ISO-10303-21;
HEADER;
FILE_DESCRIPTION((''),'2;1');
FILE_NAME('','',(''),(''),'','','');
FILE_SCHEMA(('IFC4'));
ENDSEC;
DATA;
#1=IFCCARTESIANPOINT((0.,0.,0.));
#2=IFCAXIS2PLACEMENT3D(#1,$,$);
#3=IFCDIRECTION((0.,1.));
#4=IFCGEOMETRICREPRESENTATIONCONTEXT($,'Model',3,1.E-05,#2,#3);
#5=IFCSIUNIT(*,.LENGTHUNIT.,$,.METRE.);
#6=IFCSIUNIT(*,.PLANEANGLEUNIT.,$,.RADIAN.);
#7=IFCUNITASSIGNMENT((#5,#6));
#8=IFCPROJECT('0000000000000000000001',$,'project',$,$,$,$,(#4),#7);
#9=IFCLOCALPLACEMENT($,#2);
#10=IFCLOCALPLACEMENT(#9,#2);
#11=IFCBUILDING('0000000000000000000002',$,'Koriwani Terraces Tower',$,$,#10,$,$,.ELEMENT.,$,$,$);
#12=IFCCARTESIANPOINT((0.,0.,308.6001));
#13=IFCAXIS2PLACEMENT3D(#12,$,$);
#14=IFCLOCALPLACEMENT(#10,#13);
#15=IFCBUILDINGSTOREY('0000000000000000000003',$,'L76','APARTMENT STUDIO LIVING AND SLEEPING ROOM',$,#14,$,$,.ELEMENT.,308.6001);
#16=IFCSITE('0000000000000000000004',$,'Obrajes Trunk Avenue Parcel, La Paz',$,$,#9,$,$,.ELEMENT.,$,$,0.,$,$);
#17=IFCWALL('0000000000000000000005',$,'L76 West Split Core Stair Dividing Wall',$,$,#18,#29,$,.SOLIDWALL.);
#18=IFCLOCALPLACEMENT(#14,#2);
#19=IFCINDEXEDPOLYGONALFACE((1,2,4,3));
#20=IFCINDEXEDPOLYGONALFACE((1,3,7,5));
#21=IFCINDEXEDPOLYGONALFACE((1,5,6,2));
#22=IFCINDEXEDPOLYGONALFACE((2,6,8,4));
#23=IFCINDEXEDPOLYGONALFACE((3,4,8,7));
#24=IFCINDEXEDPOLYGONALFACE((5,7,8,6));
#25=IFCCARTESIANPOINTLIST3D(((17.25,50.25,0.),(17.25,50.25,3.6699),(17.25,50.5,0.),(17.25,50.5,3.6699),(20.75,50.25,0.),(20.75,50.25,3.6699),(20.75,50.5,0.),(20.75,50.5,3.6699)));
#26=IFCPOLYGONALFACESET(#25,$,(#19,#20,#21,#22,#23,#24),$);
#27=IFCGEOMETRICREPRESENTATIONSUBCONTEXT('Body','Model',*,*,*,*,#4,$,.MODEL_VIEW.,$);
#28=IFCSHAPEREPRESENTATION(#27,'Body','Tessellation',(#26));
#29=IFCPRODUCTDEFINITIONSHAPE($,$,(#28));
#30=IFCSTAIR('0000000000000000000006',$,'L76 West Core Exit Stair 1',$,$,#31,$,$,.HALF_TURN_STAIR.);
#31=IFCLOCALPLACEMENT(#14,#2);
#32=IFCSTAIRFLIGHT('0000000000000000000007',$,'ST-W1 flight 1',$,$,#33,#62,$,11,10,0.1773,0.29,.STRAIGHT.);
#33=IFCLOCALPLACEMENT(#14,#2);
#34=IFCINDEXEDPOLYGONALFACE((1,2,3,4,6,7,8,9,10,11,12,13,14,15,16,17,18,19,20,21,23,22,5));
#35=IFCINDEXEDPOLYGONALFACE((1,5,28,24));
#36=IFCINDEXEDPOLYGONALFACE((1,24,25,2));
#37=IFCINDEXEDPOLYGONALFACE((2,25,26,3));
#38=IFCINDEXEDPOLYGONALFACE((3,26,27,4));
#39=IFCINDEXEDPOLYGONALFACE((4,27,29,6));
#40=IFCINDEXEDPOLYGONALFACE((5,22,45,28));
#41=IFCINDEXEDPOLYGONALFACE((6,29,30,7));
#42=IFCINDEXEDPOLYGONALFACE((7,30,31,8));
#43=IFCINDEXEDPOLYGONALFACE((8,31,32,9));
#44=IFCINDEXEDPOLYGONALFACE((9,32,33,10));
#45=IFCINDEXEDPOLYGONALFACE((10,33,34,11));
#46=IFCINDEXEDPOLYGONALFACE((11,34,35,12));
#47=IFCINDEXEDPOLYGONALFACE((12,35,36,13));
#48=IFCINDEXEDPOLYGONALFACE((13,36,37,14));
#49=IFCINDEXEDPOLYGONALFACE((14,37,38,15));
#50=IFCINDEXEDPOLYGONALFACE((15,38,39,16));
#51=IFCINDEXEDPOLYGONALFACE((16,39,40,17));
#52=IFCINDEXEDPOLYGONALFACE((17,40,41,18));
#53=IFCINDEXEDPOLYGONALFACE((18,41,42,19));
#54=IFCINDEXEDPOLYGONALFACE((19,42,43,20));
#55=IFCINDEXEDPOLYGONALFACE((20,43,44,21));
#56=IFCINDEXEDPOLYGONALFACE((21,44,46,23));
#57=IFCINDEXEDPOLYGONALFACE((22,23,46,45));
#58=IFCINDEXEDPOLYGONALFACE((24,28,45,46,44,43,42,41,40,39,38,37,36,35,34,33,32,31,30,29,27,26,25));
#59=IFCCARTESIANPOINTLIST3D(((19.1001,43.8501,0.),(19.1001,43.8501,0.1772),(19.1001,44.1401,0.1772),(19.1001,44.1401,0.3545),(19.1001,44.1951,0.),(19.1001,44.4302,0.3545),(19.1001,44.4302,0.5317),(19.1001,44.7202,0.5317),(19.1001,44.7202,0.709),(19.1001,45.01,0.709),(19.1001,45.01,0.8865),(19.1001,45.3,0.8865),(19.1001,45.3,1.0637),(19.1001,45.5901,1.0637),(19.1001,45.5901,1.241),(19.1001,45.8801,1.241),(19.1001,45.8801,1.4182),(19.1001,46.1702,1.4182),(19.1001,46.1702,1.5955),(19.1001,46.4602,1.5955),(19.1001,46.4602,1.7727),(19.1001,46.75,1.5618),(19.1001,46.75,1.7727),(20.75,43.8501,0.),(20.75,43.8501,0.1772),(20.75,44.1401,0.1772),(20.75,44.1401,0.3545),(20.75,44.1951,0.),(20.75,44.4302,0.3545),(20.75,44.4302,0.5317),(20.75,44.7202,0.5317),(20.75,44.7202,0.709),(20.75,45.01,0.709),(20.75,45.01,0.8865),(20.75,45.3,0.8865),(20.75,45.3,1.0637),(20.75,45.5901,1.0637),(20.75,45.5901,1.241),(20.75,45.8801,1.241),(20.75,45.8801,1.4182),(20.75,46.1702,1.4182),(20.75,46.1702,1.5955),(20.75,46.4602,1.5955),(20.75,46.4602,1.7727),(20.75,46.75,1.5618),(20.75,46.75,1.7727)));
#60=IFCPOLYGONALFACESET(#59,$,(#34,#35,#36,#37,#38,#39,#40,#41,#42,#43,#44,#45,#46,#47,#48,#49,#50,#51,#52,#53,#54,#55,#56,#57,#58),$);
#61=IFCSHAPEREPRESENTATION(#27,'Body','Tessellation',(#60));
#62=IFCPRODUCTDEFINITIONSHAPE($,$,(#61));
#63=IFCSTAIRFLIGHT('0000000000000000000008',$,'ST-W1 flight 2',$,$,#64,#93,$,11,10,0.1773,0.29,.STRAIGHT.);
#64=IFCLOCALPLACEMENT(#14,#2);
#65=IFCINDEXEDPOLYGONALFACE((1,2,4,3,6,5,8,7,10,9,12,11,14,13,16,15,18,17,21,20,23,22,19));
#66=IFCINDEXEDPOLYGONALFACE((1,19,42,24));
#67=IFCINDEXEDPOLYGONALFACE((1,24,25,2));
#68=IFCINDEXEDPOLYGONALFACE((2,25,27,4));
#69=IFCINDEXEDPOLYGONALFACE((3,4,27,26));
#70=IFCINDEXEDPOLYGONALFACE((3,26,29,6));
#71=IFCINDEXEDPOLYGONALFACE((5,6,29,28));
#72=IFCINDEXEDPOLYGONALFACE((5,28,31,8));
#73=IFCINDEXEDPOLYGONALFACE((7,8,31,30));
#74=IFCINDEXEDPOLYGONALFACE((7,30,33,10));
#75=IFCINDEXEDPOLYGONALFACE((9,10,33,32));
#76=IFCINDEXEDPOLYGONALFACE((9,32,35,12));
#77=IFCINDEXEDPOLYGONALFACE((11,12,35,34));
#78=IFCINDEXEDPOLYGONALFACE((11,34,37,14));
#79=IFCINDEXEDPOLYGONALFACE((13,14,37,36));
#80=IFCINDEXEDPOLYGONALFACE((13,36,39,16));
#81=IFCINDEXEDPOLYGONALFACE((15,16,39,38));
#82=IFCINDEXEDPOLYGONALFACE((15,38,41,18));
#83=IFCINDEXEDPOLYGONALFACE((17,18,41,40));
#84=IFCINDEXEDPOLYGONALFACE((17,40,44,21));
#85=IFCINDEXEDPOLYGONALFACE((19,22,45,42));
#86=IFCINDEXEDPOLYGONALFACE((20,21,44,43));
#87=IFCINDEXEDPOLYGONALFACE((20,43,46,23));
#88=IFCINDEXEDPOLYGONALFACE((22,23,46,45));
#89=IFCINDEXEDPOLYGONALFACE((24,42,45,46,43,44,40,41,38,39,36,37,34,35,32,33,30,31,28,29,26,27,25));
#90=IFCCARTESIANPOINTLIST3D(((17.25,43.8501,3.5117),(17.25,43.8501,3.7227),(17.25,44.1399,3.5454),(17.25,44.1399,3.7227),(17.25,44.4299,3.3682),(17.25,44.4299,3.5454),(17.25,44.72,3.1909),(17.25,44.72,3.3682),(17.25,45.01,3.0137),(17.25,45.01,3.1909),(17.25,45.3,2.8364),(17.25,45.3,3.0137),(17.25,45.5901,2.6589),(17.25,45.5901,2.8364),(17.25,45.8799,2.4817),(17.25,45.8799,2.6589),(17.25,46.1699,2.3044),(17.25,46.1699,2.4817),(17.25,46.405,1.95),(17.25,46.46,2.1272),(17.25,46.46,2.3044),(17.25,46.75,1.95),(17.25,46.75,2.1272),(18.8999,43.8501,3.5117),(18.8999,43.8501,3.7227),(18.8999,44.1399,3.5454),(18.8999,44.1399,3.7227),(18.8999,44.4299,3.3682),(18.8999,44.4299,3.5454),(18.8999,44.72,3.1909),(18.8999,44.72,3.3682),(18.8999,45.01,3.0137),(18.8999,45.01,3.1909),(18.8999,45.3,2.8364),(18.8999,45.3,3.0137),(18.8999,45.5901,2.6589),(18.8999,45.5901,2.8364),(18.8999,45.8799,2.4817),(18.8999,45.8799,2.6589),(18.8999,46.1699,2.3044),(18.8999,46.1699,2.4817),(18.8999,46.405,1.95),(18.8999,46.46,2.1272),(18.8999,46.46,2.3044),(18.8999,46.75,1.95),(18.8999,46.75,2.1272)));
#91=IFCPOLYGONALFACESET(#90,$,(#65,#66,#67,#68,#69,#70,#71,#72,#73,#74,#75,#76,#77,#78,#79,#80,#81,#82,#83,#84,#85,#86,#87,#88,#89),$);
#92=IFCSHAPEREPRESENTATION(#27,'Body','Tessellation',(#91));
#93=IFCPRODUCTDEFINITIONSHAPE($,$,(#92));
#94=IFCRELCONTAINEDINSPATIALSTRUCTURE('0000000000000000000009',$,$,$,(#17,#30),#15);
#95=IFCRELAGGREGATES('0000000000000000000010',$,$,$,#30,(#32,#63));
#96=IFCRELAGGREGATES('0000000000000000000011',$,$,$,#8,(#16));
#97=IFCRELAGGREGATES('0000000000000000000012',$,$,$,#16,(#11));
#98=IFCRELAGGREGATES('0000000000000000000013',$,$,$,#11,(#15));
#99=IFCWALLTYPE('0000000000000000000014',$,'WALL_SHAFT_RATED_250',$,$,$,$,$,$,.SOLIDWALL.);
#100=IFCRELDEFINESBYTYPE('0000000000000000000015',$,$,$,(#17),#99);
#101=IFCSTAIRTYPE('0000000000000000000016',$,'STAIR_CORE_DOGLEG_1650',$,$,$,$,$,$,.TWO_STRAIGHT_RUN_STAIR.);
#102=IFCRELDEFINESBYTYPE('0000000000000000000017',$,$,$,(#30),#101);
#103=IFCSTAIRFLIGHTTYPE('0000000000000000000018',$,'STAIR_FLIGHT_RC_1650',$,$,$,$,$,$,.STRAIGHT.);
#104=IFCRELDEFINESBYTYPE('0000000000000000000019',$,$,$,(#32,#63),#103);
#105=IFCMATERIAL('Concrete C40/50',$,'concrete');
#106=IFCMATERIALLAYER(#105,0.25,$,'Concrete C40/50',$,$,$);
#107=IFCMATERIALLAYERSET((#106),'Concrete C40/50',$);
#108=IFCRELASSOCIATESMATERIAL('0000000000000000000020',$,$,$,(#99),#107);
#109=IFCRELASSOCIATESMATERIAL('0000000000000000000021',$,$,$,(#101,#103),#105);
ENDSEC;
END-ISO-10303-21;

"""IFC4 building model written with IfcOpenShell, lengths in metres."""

from ifc_helpers import new_model, si_unit, direction, frame, frame_2d, origin, place, context, subcontext, project, spatial, polyline, rectangle, outline, extrude, material, layer, layer_set, type_object, element, aggregate, save


model = new_model("IFC4")

# Units and contexts
model_context = context("Model", 3, precision=1e-05, world=origin(), true_north=direction((0.0, 1.0)))
body_context = subcontext(model_context, "Body", "Model", "MODEL_VIEW")
ifc_project = project(units=[si_unit("LENGTHUNIT", "METRE"), si_unit("PLANEANGLEUNIT", "RADIAN")], contexts=[model_context])

# Site, building, storey
site_placement = place(None, origin())
site = spatial("IfcSite", under=ifc_project, at=site_placement, Name="Obrajes Trunk Avenue Parcel, La Paz", CompositionType="ELEMENT", RefElevation=0.0)
building_placement = place(site_placement, origin())
building = spatial("IfcBuilding", under=site, at=building_placement, Name="Koriwani Terraces Tower", CompositionType="ELEMENT")
storey_placement = place(building_placement, frame((0.0, 0.0, 308.6001)))
storey = spatial("IfcBuildingStorey", under=building, at=storey_placement, Name="L76", Description="APARTMENT STUDIO LIVING AND SLEEPING ROOM", CompositionType="ELEMENT", Elevation=308.6001)

# Shared definitions
ifc_material_1 = material(Name="Concrete C40/50", Category="concrete")

# Wall
ifc_layer_1 = layer(ifc_material_1, 0.25, Name="Concrete C40/50")
ifc_layer_set_1 = layer_set([ifc_layer_1], Name="Concrete C40/50")
wall_type_1 = type_object("IfcWallType", Name="WALL_SHAFT_RATED_250", PredefinedType="SOLIDWALL", material=ifc_layer_set_1)
wall_1_placement = place(storey_placement, frame((17.25, 50.375, 0.0), z_axis=(0.0, 0.0, 1.0), x_axis=(1.0, 0.0, 0.0)))
element("IfcWall", 1, at=wall_1_placement, inside=storey, type_object=wall_type_1, Name="L76 West Split Core Stair Dividing Wall", PredefinedType="SOLIDWALL", context=body_context, shape_type="SweptSolid", body=[
    extrude(rectangle(XDim=3.5, YDim=0.25, at=frame_2d((1.75, 0.0))), origin(), (0.0, 0.0, 1.0), 3.6699),
])

# Stair, stair flights
stair_type = type_object("IfcStairType", Name="STAIR_CORE_DOGLEG_1650", PredefinedType="TWO_STRAIGHT_RUN_STAIR", material=ifc_material_1)
stair_placement = place(storey_placement, origin())
stair = element("IfcStair", 2, at=stair_placement, inside=storey, type_object=stair_type, Name="L76 West Core Exit Stair 1", PredefinedType="HALF_TURN_STAIR")
stair_flight_type = type_object("IfcStairFlightType", Name="STAIR_FLIGHT_RC_1650", PredefinedType="STRAIGHT", material=ifc_material_1)
stair_flight_1_placement = place(storey_placement, frame((19.925, 43.8501, 0.0), z_axis=(0.0, 0.0, 1.0), x_axis=(0.0, 1.0, 0.0)))
stair_flight_1 = element("IfcStairFlight", 3, at=stair_flight_1_placement, type_object=stair_flight_type, Name="ST-W1 flight 1", NumberOfRisers=11, NumberOfTreads=10, PredefinedType="STRAIGHT", RiserHeight=0.1773, TreadLength=0.29, context=body_context, shape_type="SweptSolid", body=[
    extrude(outline(polyline([(0.0, 0.0), (0.0, 0.1772), (0.29, 0.1772), (0.29, 0.3545), (0.5801, 0.3545), (0.5801, 0.5317), (0.8701, 0.5317), (0.8701, 0.709), (1.1599, 0.709), (1.1599, 0.8865), (1.45, 0.8865), (1.45, 1.0637), (1.74, 1.0637), (1.74, 1.241), (2.03, 1.241), (2.03, 1.4182), (2.3201, 1.4182), (2.3201, 1.5955), (2.6101, 1.5955), (2.6101, 1.7727), (2.8999, 1.7727), (2.8999, 1.95), (2.8999, 1.5618), (0.345, 0.0), (0.0, 0.0)])), frame((0.0, 0.825, 0.0), z_axis=(0.0, -1.0, 0.0), x_axis=(1.0, 0.0, 0.0)), (0.0, 0.0, 1.0), 1.6499),
])
stair_flight_2_placement = place(storey_placement, frame((18.075, 46.75, 1.95), z_axis=(0.0, 0.0, 1.0), x_axis=(0.0, -1.0, 0.0)))
stair_flight_2 = element("IfcStairFlight", 4, at=stair_flight_2_placement, type_object=stair_flight_type, Name="ST-W1 flight 2", NumberOfRisers=11, NumberOfTreads=10, PredefinedType="STRAIGHT", RiserHeight=0.1773, TreadLength=0.29, context=body_context, shape_type="SweptSolid", body=[
    extrude(outline(polyline([(0.0, 0.0), (0.0, 0.1772), (0.29, 0.1772), (0.29, 0.3545), (0.5801, 0.3545), (0.5801, 0.5317), (0.8701, 0.5317), (0.8701, 0.709), (1.1599, 0.709), (1.1599, 0.8865), (1.45, 0.8865), (1.45, 1.0637), (1.74, 1.0637), (1.74, 1.241), (2.03, 1.241), (2.03, 1.4182), (2.3201, 1.4182), (2.3201, 1.5955), (2.6101, 1.5955), (2.6101, 1.7727), (2.8999, 1.7727), (2.8999, 1.95), (2.8999, 1.5618), (0.345, 0.0), (0.0, 0.0)])), frame((0.0, 0.825, 0.0), z_axis=(0.0, -1.0, 0.0), x_axis=(1.0, 0.0, 0.0)), (0.0, 0.0, 1.0), 1.6499),
])
aggregate(stair, [stair_flight_1, stair_flight_2])

save(model, "model.ifc")
